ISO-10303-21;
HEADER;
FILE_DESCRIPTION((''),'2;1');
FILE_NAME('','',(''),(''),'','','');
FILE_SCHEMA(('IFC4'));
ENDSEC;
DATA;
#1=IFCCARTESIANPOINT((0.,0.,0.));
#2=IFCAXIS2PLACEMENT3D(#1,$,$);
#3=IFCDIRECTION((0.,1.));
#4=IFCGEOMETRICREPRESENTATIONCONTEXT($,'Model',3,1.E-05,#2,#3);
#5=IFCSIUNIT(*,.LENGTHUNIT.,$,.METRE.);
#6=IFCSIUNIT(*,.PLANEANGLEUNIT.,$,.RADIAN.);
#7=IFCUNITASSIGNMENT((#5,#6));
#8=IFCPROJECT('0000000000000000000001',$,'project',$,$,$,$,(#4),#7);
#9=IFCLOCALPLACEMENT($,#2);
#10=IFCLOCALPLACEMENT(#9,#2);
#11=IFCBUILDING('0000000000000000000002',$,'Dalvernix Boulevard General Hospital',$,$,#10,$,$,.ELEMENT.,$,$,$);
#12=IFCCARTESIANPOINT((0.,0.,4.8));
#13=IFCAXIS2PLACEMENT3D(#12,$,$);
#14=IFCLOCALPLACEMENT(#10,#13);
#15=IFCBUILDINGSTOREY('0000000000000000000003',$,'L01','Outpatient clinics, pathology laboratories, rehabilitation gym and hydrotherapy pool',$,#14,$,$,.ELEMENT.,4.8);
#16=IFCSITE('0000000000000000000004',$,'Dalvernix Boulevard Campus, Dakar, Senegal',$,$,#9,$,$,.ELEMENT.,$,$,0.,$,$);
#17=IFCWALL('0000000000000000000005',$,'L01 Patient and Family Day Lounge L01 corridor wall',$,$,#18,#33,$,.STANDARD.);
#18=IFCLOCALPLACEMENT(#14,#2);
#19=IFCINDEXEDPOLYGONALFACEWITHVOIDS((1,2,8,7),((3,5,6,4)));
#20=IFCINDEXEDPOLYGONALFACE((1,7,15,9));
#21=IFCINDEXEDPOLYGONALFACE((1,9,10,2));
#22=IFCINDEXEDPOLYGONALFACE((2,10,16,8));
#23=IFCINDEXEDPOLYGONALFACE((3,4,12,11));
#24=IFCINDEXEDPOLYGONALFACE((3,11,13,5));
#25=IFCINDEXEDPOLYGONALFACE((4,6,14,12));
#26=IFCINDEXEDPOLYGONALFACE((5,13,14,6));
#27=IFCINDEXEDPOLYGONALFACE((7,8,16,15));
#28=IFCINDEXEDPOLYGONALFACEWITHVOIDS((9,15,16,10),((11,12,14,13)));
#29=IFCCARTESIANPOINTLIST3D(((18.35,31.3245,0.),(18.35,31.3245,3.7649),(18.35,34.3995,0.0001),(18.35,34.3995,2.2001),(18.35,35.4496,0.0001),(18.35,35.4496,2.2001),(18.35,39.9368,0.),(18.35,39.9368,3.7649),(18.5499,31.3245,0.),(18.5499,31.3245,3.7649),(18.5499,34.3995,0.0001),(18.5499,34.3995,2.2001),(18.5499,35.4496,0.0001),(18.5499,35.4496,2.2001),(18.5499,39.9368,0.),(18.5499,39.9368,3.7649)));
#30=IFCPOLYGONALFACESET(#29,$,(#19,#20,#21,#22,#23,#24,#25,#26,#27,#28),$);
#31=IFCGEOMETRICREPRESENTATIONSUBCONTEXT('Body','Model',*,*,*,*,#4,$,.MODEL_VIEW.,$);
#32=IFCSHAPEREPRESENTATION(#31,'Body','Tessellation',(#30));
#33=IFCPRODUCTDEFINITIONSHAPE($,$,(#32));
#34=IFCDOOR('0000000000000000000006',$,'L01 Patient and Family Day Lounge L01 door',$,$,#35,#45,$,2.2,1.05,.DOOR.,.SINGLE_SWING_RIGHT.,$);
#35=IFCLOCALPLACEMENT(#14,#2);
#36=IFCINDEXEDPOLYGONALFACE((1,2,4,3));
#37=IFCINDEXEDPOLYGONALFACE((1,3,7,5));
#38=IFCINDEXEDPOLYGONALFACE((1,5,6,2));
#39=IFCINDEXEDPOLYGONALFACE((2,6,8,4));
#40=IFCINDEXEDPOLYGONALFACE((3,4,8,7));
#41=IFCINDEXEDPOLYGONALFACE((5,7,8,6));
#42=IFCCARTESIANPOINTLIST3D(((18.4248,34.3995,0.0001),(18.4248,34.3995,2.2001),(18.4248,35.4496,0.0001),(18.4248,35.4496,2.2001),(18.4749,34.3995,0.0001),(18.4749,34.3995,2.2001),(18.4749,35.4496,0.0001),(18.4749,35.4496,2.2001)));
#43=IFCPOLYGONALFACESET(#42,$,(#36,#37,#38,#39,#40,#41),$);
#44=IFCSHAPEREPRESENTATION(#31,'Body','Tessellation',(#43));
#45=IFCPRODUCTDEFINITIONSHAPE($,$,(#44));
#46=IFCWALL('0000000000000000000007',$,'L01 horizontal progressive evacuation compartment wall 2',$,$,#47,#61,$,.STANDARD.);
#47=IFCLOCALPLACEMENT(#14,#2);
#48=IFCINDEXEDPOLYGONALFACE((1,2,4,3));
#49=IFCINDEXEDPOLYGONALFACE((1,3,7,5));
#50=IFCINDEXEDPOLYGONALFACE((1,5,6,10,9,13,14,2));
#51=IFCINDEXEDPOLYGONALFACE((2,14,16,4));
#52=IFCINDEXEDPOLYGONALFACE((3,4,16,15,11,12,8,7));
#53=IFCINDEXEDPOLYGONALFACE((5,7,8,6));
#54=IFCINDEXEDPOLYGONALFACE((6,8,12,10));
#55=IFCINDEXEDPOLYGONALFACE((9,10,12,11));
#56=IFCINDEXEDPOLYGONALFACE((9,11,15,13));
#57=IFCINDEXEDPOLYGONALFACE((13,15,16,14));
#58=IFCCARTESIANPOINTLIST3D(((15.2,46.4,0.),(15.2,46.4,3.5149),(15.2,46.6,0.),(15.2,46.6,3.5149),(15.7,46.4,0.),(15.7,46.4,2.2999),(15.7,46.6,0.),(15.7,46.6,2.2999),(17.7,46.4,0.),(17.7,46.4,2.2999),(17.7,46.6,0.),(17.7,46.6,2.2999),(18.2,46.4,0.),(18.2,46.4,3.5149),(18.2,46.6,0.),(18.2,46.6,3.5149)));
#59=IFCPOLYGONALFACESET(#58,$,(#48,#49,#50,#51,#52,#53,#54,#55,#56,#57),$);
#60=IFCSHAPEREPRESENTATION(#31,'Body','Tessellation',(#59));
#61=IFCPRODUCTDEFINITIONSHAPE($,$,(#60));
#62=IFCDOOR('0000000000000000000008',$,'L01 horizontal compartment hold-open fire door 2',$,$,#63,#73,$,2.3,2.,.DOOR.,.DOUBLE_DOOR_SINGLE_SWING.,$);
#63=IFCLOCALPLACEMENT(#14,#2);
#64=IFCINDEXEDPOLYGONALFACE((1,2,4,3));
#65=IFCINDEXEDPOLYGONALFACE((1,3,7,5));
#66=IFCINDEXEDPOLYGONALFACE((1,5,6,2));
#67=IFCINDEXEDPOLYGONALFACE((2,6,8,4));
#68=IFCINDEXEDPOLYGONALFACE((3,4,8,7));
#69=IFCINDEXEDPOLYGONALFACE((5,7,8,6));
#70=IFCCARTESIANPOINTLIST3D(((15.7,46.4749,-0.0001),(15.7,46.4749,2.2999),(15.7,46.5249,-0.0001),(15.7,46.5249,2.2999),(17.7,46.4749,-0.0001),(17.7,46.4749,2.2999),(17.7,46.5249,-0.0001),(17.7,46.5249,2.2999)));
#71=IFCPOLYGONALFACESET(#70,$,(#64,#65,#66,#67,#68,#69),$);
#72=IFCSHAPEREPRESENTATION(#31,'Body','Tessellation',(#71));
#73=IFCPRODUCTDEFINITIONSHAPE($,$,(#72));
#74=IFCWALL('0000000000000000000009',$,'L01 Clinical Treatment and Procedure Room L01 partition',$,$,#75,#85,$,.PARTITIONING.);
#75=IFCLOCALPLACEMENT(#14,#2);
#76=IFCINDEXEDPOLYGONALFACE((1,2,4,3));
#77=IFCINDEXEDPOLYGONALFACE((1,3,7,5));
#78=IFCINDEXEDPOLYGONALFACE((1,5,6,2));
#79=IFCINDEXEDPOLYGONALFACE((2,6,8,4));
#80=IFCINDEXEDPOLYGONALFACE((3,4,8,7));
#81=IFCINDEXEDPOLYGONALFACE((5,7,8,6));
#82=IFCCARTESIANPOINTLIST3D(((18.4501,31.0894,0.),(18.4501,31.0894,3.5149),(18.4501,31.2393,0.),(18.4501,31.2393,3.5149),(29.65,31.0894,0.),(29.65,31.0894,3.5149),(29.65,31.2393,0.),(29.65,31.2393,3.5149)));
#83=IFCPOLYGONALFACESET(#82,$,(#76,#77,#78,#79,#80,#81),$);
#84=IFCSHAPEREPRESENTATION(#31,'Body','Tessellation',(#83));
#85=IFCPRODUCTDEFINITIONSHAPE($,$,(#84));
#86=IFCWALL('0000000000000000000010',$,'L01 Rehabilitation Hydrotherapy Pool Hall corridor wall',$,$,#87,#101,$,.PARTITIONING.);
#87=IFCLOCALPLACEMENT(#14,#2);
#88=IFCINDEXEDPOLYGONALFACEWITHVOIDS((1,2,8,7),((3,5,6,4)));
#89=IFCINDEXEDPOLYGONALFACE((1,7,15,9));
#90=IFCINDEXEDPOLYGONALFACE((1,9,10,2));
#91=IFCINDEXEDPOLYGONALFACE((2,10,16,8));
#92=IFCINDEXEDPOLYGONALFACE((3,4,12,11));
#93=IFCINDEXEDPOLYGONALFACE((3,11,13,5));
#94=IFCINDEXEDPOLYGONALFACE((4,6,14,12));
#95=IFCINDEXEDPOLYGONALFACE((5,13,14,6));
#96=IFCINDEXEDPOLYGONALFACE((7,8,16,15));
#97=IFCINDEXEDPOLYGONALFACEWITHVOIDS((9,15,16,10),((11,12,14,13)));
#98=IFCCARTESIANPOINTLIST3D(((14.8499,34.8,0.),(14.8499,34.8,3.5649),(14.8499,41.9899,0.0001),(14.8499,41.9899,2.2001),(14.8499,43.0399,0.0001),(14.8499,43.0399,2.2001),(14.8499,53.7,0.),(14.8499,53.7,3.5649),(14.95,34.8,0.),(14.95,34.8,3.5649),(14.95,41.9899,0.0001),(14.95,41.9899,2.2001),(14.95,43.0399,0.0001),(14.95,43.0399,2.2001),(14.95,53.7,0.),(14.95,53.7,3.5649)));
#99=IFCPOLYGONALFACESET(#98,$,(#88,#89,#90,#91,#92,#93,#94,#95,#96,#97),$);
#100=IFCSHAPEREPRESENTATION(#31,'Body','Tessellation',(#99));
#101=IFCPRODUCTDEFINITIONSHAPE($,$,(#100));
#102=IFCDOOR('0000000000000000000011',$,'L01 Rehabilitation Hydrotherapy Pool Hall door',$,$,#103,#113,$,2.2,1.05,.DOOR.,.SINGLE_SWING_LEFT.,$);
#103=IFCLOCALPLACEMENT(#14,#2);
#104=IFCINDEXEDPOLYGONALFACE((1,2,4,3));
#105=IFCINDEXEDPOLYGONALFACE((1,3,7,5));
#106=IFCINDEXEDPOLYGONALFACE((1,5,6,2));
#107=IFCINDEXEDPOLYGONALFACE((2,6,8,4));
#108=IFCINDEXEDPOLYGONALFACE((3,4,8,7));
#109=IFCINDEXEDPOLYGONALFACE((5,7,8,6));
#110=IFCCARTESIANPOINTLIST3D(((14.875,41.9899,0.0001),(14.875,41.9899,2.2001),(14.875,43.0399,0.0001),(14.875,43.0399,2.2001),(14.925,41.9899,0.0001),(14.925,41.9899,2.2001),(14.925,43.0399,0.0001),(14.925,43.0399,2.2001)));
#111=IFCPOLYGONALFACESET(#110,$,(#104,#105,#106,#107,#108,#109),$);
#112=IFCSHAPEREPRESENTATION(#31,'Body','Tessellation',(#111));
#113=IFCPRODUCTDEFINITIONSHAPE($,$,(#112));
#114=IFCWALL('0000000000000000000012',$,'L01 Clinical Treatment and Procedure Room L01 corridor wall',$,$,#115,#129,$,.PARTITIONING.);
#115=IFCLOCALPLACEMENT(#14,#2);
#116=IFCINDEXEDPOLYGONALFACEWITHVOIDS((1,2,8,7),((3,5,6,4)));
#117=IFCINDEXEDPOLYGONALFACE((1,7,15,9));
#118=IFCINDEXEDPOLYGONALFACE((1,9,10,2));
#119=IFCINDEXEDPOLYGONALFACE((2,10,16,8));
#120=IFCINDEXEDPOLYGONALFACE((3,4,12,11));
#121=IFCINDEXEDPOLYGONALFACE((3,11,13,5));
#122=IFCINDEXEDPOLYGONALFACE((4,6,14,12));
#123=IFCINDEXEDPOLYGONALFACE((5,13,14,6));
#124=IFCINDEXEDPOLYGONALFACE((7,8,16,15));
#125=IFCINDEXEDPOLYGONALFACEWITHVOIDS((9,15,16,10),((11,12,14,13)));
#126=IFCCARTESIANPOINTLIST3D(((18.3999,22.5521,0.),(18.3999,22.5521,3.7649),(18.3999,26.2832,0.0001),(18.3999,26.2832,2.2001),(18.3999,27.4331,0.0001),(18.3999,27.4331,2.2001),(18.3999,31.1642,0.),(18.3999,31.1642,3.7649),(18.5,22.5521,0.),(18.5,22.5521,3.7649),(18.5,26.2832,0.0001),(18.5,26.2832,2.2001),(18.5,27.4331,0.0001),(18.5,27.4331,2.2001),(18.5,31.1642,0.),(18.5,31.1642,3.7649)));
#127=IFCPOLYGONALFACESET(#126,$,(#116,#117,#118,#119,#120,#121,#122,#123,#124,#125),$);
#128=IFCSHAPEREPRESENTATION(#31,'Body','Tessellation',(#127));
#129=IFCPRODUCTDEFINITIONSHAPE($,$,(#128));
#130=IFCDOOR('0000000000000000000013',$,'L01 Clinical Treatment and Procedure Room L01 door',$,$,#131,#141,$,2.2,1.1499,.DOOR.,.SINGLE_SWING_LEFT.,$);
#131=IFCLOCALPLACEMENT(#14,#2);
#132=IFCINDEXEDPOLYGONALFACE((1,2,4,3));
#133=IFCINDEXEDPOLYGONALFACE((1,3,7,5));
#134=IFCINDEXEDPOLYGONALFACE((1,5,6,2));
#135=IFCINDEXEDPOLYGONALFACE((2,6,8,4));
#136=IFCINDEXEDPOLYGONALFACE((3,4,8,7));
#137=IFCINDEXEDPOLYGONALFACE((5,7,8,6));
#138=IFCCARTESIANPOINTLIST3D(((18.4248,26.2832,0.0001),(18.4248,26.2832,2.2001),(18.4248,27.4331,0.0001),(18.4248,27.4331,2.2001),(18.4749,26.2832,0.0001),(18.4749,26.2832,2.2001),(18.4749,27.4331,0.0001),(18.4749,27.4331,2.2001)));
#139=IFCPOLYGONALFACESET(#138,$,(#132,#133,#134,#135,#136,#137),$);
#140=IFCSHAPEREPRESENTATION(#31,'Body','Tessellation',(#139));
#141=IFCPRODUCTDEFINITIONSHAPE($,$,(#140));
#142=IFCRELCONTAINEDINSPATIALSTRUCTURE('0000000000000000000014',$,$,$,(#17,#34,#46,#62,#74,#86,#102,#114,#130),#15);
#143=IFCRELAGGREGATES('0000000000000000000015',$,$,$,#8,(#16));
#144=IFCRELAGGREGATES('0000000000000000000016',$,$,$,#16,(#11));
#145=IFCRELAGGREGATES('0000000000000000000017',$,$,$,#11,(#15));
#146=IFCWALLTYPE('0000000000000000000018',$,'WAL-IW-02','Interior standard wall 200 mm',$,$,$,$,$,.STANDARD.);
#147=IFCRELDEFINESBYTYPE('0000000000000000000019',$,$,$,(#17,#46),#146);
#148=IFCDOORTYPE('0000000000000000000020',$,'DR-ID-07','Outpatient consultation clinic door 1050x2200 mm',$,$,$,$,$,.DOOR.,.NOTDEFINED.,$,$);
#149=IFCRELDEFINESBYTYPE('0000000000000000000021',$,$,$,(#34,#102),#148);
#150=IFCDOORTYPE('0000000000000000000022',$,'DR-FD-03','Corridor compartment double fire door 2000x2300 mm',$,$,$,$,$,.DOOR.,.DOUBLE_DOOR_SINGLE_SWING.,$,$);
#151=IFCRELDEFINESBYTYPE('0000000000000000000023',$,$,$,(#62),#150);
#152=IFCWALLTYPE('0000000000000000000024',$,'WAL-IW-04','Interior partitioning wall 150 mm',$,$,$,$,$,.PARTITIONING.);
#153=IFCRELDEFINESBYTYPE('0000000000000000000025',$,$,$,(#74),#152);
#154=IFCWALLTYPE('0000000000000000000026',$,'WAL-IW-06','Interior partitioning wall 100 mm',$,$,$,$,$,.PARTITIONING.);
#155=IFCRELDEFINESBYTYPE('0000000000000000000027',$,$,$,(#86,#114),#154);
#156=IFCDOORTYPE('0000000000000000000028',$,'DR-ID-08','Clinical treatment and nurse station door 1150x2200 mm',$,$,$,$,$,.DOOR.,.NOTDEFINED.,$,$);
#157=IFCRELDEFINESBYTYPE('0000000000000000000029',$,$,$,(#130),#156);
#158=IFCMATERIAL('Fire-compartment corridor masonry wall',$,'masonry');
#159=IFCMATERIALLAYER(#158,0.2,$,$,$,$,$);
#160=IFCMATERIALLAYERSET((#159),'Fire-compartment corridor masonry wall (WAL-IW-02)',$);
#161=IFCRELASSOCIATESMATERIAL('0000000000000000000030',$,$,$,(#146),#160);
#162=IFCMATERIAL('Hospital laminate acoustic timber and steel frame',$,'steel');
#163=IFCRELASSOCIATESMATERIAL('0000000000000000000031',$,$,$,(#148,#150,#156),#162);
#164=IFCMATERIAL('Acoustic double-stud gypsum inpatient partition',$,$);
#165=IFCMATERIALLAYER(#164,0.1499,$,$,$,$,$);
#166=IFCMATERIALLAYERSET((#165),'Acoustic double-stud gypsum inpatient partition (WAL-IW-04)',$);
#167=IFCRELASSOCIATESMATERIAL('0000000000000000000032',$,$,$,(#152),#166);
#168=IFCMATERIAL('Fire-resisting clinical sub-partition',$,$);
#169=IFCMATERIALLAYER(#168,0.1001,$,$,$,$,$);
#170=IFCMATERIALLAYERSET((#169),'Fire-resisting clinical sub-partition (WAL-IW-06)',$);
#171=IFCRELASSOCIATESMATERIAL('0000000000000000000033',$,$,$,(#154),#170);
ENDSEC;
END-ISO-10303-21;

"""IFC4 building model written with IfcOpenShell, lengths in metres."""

from ifc_helpers import new_model, si_unit, direction, frame, frame_2d, origin, place, context, subcontext, project, spatial, rectangle, extrude, material, layer, layer_set, type_object, element, fill, save


model = new_model("IFC4")

# Units and contexts
model_context = context("Model", 3, precision=1e-05, world=origin(), true_north=direction((0.0, 1.0)))
body_context = subcontext(model_context, "Body", "Model", "MODEL_VIEW")
ifc_project = project(units=[si_unit("LENGTHUNIT", "METRE"), si_unit("PLANEANGLEUNIT", "RADIAN")], contexts=[model_context])

# Site, building, storey
site_placement = place(None, origin())
site = spatial("IfcSite", under=ifc_project, at=site_placement, Name="Dalvernix Boulevard Campus, Dakar, Senegal", CompositionType="ELEMENT", RefElevation=0.0)
building_placement = place(site_placement, origin())
building = spatial("IfcBuilding", under=site, at=building_placement, Name="Dalvernix Boulevard General Hospital", CompositionType="ELEMENT")
storey_placement = place(building_placement, frame((0.0, 0.0, 4.8)))
storey = spatial("IfcBuildingStorey", under=building, at=storey_placement, Name="L01", Description="Outpatient clinics, pathology laboratories, rehabilitation gym and hydrotherapy pool", CompositionType="ELEMENT", Elevation=4.8)

# Walls, openings, doors
ifc_material_1 = material(Name="Fire-compartment corridor masonry wall", Category="masonry")
ifc_layer_1 = layer(ifc_material_1, 0.2)
ifc_layer_set_1 = layer_set([ifc_layer_1], Name="Fire-compartment corridor masonry wall (WAL-IW-02)")
wall_type_1 = type_object("IfcWallType", Name="WAL-IW-02", Description="Interior standard wall 200 mm", PredefinedType="STANDARD", material=ifc_layer_set_1)
wall_1_placement = place(storey_placement, frame((18.45, 39.9368, 0.0), z_axis=(0.0, 0.0, 1.0), x_axis=(0.0, -1.0, 0.0)))
wall_1 = element("IfcWall", 1, at=wall_1_placement, inside=storey, type_object=wall_type_1, Name="L01 Patient and Family Day Lounge L01 corridor wall", PredefinedType="STANDARD", context=body_context, shape_type="SweptSolid", body=[
    extrude(rectangle(XDim=8.6123, YDim=0.2, at=frame_2d((4.3062, 0.0))), origin(), (0.0, 0.0, 1.0), 3.7649),
])
opening_1_placement = place(wall_1_placement, frame((4.4873, 0.0, 0.0)))
opening_1 = element("IfcOpeningElement", 2, at=opening_1_placement, cuts=wall_1, PredefinedType="OPENING", context=body_context, shape_type="SweptSolid", body=[
    extrude(rectangle(XDim=1.05, YDim=2.2, at=frame_2d((0.5249, 1.1001))), frame((0.0, 0.1099, 0.0), z_axis=(0.0, -1.0, 0.0), x_axis=(1.0, 0.0, 0.0)), (0.0, 0.0, 1.0), 0.22),
])
ifc_material_2 = material(Name="Hospital laminate acoustic timber and steel frame", Category="steel")
door_type_1 = type_object("IfcDoorType", Name="DR-ID-07", Description="Outpatient consultation clinic door 1050x2200 mm", OperationType="NOTDEFINED", PredefinedType="DOOR", material=ifc_material_2)
door_1_placement = place(opening_1_placement, origin())
door_1 = element("IfcDoor", 3, at=door_1_placement, inside=storey, type_object=door_type_1, Name="L01 Patient and Family Day Lounge L01 door", OperationType="SINGLE_SWING_RIGHT", OverallHeight=2.2, OverallWidth=1.05, PredefinedType="DOOR", context=body_context, shape_type="SweptSolid", body=[
    extrude(rectangle(XDim=1.05, YDim=2.2, at=frame_2d((0.5249, 1.1001))), frame((0.0, 0.0249, 0.0), z_axis=(0.0, -1.0, 0.0), x_axis=(1.0, 0.0, 0.0)), (0.0, 0.0, 1.0), 0.05),
])
fill(opening_1, door_1)
wall_2_placement = place(storey_placement, frame((15.2, 46.5, 0.0), z_axis=(0.0, 0.0, 1.0), x_axis=(1.0, 0.0, 0.0)))
wall_2 = element("IfcWall", 4, at=wall_2_placement, inside=storey, type_object=wall_type_1, Name="L01 horizontal progressive evacuation compartment wall 2", PredefinedType="STANDARD", context=body_context, shape_type="SweptSolid", body=[
    extrude(rectangle(XDim=3.0, YDim=0.2, at=frame_2d((1.5, 0.0))), origin(), (0.0, 0.0, 1.0), 3.5149),
])
opening_2_placement = place(wall_2_placement, frame((0.5, 0.0, 0.0)))
opening_2 = element("IfcOpeningElement", 5, at=opening_2_placement, cuts=wall_2, PredefinedType="OPENING", context=body_context, shape_type="SweptSolid", body=[
    extrude(rectangle(XDim=2.0, YDim=2.3, at=frame_2d((1.0, 1.1499))), frame((0.0, 0.1099, 0.0), z_axis=(0.0, -1.0, 0.0), x_axis=(1.0, 0.0, 0.0)), (0.0, 0.0, 1.0), 0.22),
])
door_type_2 = type_object("IfcDoorType", Name="DR-FD-03", Description="Corridor compartment double fire door 2000x2300 mm", OperationType="DOUBLE_DOOR_SINGLE_SWING", PredefinedType="DOOR", material=ifc_material_2)
door_2_placement = place(opening_2_placement, origin())
door_2 = element("IfcDoor", 6, at=door_2_placement, inside=storey, type_object=door_type_2, Name="L01 horizontal compartment hold-open fire door 2", OperationType="DOUBLE_DOOR_SINGLE_SWING", OverallHeight=2.3, OverallWidth=2.0, PredefinedType="DOOR", context=body_context, shape_type="SweptSolid", body=[
    extrude(rectangle(XDim=2.0, YDim=2.3, at=frame_2d((1.0, 1.1499))), frame((0.0, 0.0249, 0.0), z_axis=(0.0, -1.0, 0.0), x_axis=(1.0, 0.0, 0.0)), (0.0, 0.0, 1.0), 0.05),
])
fill(opening_2, door_2)

# Wall
ifc_material_3 = material(Name="Acoustic double-stud gypsum inpatient partition")
ifc_layer_2 = layer(ifc_material_3, 0.1499)
ifc_layer_set_2 = layer_set([ifc_layer_2], Name="Acoustic double-stud gypsum inpatient partition (WAL-IW-04)")
wall_type_2 = type_object("IfcWallType", Name="WAL-IW-04", Description="Interior partitioning wall 150 mm", PredefinedType="PARTITIONING", material=ifc_layer_set_2)
wall_3_placement = place(storey_placement, frame((18.45, 31.1643, 0.0), z_axis=(0.0, 0.0, 1.0), x_axis=(1.0, 0.0, 0.0)))
element("IfcWall", 7, at=wall_3_placement, inside=storey, type_object=wall_type_2, Name="L01 Clinical Treatment and Procedure Room L01 partition", PredefinedType="PARTITIONING", context=body_context, shape_type="SweptSolid", body=[
    extrude(rectangle(XDim=11.2, YDim=0.1499, at=frame_2d((5.6001, 0.0))), origin(), (0.0, 0.0, 1.0), 3.5149),
])

# Walls, openings, doors
ifc_material_4 = material(Name="Fire-resisting clinical sub-partition")
ifc_layer_3 = layer(ifc_material_4, 0.1001)
ifc_layer_set_3 = layer_set([ifc_layer_3], Name="Fire-resisting clinical sub-partition (WAL-IW-06)")
wall_type_3 = type_object("IfcWallType", Name="WAL-IW-06", Description="Interior partitioning wall 100 mm", PredefinedType="PARTITIONING", material=ifc_layer_set_3)
wall_4_placement = place(storey_placement, frame((14.8999, 34.8, 0.0), z_axis=(0.0, 0.0, 1.0), x_axis=(0.0, 1.0, 0.0)))
wall_4 = element("IfcWall", 8, at=wall_4_placement, inside=storey, type_object=wall_type_3, Name="L01 Rehabilitation Hydrotherapy Pool Hall corridor wall", PredefinedType="PARTITIONING", context=body_context, shape_type="SweptSolid", body=[
    extrude(rectangle(XDim=18.8999, YDim=0.1001, at=frame_2d((9.45, 0.0))), origin(), (0.0, 0.0, 1.0), 3.5649),
])
opening_3_placement = place(wall_4_placement, frame((7.1899, 0.0, 0.0)))
opening_3 = element("IfcOpeningElement", 9, at=opening_3_placement, cuts=wall_4, PredefinedType="OPENING", context=body_context, shape_type="SweptSolid", body=[
    extrude(rectangle(XDim=1.05, YDim=2.2, at=frame_2d((0.5249, 1.1001))), frame((0.0, 0.0601, 0.0), z_axis=(0.0, -1.0, 0.0), x_axis=(1.0, 0.0, 0.0)), (0.0, 0.0, 1.0), 0.1201),
])
door_3_placement = place(opening_3_placement, origin())
door_3 = element("IfcDoor", 10, at=door_3_placement, inside=storey, type_object=door_type_1, Name="L01 Rehabilitation Hydrotherapy Pool Hall door", OperationType="SINGLE_SWING_LEFT", OverallHeight=2.2, OverallWidth=1.05, PredefinedType="DOOR", context=body_context, shape_type="SweptSolid", body=[
    extrude(rectangle(XDim=1.05, YDim=2.2, at=frame_2d((0.5249, 1.1001))), frame((0.0, 0.0249, 0.0), z_axis=(0.0, -1.0, 0.0), x_axis=(1.0, 0.0, 0.0)), (0.0, 0.0, 1.0), 0.05),
])
fill(opening_3, door_3)
wall_5_placement = place(storey_placement, frame((18.45, 31.1643, 0.0), z_axis=(0.0, 0.0, 1.0), x_axis=(0.0, -1.0, 0.0)))
wall_5 = element("IfcWall", 11, at=wall_5_placement, inside=storey, type_object=wall_type_3, Name="L01 Clinical Treatment and Procedure Room L01 corridor wall", PredefinedType="PARTITIONING", context=body_context, shape_type="SweptSolid", body=[
    extrude(rectangle(XDim=8.6121, YDim=0.1001, at=frame_2d((4.3062, 0.0))), origin(), (0.0, 0.0, 1.0), 3.7649),
])
opening_4_placement = place(wall_5_placement, frame((3.7312, 0.0, 0.0)))
opening_4 = element("IfcOpeningElement", 12, at=opening_4_placement, cuts=wall_5, PredefinedType="OPENING", context=body_context, shape_type="SweptSolid", body=[
    extrude(rectangle(XDim=1.1499, YDim=2.2, at=frame_2d((0.575, 1.1001))), frame((0.0, 0.0601, 0.0), z_axis=(0.0, -1.0, 0.0), x_axis=(1.0, 0.0, 0.0)), (0.0, 0.0, 1.0), 0.1201),
])
door_type_3 = type_object("IfcDoorType", Name="DR-ID-08", Description="Clinical treatment and nurse station door 1150x2200 mm", OperationType="NOTDEFINED", PredefinedType="DOOR", material=ifc_material_2)
door_4_placement = place(opening_4_placement, origin())
door_4 = element("IfcDoor", 13, at=door_4_placement, inside=storey, type_object=door_type_3, Name="L01 Clinical Treatment and Procedure Room L01 door", OperationType="SINGLE_SWING_LEFT", OverallHeight=2.2, OverallWidth=1.1499, PredefinedType="DOOR", context=body_context, shape_type="SweptSolid", body=[
    extrude(rectangle(XDim=1.1499, YDim=2.2, at=frame_2d((0.575, 1.1001))), frame((0.0, 0.0249, 0.0), z_axis=(0.0, -1.0, 0.0), x_axis=(1.0, 0.0, 0.0)), (0.0, 0.0, 1.0), 0.05),
])
fill(opening_4, door_4)

save(model, "model.ifc")
